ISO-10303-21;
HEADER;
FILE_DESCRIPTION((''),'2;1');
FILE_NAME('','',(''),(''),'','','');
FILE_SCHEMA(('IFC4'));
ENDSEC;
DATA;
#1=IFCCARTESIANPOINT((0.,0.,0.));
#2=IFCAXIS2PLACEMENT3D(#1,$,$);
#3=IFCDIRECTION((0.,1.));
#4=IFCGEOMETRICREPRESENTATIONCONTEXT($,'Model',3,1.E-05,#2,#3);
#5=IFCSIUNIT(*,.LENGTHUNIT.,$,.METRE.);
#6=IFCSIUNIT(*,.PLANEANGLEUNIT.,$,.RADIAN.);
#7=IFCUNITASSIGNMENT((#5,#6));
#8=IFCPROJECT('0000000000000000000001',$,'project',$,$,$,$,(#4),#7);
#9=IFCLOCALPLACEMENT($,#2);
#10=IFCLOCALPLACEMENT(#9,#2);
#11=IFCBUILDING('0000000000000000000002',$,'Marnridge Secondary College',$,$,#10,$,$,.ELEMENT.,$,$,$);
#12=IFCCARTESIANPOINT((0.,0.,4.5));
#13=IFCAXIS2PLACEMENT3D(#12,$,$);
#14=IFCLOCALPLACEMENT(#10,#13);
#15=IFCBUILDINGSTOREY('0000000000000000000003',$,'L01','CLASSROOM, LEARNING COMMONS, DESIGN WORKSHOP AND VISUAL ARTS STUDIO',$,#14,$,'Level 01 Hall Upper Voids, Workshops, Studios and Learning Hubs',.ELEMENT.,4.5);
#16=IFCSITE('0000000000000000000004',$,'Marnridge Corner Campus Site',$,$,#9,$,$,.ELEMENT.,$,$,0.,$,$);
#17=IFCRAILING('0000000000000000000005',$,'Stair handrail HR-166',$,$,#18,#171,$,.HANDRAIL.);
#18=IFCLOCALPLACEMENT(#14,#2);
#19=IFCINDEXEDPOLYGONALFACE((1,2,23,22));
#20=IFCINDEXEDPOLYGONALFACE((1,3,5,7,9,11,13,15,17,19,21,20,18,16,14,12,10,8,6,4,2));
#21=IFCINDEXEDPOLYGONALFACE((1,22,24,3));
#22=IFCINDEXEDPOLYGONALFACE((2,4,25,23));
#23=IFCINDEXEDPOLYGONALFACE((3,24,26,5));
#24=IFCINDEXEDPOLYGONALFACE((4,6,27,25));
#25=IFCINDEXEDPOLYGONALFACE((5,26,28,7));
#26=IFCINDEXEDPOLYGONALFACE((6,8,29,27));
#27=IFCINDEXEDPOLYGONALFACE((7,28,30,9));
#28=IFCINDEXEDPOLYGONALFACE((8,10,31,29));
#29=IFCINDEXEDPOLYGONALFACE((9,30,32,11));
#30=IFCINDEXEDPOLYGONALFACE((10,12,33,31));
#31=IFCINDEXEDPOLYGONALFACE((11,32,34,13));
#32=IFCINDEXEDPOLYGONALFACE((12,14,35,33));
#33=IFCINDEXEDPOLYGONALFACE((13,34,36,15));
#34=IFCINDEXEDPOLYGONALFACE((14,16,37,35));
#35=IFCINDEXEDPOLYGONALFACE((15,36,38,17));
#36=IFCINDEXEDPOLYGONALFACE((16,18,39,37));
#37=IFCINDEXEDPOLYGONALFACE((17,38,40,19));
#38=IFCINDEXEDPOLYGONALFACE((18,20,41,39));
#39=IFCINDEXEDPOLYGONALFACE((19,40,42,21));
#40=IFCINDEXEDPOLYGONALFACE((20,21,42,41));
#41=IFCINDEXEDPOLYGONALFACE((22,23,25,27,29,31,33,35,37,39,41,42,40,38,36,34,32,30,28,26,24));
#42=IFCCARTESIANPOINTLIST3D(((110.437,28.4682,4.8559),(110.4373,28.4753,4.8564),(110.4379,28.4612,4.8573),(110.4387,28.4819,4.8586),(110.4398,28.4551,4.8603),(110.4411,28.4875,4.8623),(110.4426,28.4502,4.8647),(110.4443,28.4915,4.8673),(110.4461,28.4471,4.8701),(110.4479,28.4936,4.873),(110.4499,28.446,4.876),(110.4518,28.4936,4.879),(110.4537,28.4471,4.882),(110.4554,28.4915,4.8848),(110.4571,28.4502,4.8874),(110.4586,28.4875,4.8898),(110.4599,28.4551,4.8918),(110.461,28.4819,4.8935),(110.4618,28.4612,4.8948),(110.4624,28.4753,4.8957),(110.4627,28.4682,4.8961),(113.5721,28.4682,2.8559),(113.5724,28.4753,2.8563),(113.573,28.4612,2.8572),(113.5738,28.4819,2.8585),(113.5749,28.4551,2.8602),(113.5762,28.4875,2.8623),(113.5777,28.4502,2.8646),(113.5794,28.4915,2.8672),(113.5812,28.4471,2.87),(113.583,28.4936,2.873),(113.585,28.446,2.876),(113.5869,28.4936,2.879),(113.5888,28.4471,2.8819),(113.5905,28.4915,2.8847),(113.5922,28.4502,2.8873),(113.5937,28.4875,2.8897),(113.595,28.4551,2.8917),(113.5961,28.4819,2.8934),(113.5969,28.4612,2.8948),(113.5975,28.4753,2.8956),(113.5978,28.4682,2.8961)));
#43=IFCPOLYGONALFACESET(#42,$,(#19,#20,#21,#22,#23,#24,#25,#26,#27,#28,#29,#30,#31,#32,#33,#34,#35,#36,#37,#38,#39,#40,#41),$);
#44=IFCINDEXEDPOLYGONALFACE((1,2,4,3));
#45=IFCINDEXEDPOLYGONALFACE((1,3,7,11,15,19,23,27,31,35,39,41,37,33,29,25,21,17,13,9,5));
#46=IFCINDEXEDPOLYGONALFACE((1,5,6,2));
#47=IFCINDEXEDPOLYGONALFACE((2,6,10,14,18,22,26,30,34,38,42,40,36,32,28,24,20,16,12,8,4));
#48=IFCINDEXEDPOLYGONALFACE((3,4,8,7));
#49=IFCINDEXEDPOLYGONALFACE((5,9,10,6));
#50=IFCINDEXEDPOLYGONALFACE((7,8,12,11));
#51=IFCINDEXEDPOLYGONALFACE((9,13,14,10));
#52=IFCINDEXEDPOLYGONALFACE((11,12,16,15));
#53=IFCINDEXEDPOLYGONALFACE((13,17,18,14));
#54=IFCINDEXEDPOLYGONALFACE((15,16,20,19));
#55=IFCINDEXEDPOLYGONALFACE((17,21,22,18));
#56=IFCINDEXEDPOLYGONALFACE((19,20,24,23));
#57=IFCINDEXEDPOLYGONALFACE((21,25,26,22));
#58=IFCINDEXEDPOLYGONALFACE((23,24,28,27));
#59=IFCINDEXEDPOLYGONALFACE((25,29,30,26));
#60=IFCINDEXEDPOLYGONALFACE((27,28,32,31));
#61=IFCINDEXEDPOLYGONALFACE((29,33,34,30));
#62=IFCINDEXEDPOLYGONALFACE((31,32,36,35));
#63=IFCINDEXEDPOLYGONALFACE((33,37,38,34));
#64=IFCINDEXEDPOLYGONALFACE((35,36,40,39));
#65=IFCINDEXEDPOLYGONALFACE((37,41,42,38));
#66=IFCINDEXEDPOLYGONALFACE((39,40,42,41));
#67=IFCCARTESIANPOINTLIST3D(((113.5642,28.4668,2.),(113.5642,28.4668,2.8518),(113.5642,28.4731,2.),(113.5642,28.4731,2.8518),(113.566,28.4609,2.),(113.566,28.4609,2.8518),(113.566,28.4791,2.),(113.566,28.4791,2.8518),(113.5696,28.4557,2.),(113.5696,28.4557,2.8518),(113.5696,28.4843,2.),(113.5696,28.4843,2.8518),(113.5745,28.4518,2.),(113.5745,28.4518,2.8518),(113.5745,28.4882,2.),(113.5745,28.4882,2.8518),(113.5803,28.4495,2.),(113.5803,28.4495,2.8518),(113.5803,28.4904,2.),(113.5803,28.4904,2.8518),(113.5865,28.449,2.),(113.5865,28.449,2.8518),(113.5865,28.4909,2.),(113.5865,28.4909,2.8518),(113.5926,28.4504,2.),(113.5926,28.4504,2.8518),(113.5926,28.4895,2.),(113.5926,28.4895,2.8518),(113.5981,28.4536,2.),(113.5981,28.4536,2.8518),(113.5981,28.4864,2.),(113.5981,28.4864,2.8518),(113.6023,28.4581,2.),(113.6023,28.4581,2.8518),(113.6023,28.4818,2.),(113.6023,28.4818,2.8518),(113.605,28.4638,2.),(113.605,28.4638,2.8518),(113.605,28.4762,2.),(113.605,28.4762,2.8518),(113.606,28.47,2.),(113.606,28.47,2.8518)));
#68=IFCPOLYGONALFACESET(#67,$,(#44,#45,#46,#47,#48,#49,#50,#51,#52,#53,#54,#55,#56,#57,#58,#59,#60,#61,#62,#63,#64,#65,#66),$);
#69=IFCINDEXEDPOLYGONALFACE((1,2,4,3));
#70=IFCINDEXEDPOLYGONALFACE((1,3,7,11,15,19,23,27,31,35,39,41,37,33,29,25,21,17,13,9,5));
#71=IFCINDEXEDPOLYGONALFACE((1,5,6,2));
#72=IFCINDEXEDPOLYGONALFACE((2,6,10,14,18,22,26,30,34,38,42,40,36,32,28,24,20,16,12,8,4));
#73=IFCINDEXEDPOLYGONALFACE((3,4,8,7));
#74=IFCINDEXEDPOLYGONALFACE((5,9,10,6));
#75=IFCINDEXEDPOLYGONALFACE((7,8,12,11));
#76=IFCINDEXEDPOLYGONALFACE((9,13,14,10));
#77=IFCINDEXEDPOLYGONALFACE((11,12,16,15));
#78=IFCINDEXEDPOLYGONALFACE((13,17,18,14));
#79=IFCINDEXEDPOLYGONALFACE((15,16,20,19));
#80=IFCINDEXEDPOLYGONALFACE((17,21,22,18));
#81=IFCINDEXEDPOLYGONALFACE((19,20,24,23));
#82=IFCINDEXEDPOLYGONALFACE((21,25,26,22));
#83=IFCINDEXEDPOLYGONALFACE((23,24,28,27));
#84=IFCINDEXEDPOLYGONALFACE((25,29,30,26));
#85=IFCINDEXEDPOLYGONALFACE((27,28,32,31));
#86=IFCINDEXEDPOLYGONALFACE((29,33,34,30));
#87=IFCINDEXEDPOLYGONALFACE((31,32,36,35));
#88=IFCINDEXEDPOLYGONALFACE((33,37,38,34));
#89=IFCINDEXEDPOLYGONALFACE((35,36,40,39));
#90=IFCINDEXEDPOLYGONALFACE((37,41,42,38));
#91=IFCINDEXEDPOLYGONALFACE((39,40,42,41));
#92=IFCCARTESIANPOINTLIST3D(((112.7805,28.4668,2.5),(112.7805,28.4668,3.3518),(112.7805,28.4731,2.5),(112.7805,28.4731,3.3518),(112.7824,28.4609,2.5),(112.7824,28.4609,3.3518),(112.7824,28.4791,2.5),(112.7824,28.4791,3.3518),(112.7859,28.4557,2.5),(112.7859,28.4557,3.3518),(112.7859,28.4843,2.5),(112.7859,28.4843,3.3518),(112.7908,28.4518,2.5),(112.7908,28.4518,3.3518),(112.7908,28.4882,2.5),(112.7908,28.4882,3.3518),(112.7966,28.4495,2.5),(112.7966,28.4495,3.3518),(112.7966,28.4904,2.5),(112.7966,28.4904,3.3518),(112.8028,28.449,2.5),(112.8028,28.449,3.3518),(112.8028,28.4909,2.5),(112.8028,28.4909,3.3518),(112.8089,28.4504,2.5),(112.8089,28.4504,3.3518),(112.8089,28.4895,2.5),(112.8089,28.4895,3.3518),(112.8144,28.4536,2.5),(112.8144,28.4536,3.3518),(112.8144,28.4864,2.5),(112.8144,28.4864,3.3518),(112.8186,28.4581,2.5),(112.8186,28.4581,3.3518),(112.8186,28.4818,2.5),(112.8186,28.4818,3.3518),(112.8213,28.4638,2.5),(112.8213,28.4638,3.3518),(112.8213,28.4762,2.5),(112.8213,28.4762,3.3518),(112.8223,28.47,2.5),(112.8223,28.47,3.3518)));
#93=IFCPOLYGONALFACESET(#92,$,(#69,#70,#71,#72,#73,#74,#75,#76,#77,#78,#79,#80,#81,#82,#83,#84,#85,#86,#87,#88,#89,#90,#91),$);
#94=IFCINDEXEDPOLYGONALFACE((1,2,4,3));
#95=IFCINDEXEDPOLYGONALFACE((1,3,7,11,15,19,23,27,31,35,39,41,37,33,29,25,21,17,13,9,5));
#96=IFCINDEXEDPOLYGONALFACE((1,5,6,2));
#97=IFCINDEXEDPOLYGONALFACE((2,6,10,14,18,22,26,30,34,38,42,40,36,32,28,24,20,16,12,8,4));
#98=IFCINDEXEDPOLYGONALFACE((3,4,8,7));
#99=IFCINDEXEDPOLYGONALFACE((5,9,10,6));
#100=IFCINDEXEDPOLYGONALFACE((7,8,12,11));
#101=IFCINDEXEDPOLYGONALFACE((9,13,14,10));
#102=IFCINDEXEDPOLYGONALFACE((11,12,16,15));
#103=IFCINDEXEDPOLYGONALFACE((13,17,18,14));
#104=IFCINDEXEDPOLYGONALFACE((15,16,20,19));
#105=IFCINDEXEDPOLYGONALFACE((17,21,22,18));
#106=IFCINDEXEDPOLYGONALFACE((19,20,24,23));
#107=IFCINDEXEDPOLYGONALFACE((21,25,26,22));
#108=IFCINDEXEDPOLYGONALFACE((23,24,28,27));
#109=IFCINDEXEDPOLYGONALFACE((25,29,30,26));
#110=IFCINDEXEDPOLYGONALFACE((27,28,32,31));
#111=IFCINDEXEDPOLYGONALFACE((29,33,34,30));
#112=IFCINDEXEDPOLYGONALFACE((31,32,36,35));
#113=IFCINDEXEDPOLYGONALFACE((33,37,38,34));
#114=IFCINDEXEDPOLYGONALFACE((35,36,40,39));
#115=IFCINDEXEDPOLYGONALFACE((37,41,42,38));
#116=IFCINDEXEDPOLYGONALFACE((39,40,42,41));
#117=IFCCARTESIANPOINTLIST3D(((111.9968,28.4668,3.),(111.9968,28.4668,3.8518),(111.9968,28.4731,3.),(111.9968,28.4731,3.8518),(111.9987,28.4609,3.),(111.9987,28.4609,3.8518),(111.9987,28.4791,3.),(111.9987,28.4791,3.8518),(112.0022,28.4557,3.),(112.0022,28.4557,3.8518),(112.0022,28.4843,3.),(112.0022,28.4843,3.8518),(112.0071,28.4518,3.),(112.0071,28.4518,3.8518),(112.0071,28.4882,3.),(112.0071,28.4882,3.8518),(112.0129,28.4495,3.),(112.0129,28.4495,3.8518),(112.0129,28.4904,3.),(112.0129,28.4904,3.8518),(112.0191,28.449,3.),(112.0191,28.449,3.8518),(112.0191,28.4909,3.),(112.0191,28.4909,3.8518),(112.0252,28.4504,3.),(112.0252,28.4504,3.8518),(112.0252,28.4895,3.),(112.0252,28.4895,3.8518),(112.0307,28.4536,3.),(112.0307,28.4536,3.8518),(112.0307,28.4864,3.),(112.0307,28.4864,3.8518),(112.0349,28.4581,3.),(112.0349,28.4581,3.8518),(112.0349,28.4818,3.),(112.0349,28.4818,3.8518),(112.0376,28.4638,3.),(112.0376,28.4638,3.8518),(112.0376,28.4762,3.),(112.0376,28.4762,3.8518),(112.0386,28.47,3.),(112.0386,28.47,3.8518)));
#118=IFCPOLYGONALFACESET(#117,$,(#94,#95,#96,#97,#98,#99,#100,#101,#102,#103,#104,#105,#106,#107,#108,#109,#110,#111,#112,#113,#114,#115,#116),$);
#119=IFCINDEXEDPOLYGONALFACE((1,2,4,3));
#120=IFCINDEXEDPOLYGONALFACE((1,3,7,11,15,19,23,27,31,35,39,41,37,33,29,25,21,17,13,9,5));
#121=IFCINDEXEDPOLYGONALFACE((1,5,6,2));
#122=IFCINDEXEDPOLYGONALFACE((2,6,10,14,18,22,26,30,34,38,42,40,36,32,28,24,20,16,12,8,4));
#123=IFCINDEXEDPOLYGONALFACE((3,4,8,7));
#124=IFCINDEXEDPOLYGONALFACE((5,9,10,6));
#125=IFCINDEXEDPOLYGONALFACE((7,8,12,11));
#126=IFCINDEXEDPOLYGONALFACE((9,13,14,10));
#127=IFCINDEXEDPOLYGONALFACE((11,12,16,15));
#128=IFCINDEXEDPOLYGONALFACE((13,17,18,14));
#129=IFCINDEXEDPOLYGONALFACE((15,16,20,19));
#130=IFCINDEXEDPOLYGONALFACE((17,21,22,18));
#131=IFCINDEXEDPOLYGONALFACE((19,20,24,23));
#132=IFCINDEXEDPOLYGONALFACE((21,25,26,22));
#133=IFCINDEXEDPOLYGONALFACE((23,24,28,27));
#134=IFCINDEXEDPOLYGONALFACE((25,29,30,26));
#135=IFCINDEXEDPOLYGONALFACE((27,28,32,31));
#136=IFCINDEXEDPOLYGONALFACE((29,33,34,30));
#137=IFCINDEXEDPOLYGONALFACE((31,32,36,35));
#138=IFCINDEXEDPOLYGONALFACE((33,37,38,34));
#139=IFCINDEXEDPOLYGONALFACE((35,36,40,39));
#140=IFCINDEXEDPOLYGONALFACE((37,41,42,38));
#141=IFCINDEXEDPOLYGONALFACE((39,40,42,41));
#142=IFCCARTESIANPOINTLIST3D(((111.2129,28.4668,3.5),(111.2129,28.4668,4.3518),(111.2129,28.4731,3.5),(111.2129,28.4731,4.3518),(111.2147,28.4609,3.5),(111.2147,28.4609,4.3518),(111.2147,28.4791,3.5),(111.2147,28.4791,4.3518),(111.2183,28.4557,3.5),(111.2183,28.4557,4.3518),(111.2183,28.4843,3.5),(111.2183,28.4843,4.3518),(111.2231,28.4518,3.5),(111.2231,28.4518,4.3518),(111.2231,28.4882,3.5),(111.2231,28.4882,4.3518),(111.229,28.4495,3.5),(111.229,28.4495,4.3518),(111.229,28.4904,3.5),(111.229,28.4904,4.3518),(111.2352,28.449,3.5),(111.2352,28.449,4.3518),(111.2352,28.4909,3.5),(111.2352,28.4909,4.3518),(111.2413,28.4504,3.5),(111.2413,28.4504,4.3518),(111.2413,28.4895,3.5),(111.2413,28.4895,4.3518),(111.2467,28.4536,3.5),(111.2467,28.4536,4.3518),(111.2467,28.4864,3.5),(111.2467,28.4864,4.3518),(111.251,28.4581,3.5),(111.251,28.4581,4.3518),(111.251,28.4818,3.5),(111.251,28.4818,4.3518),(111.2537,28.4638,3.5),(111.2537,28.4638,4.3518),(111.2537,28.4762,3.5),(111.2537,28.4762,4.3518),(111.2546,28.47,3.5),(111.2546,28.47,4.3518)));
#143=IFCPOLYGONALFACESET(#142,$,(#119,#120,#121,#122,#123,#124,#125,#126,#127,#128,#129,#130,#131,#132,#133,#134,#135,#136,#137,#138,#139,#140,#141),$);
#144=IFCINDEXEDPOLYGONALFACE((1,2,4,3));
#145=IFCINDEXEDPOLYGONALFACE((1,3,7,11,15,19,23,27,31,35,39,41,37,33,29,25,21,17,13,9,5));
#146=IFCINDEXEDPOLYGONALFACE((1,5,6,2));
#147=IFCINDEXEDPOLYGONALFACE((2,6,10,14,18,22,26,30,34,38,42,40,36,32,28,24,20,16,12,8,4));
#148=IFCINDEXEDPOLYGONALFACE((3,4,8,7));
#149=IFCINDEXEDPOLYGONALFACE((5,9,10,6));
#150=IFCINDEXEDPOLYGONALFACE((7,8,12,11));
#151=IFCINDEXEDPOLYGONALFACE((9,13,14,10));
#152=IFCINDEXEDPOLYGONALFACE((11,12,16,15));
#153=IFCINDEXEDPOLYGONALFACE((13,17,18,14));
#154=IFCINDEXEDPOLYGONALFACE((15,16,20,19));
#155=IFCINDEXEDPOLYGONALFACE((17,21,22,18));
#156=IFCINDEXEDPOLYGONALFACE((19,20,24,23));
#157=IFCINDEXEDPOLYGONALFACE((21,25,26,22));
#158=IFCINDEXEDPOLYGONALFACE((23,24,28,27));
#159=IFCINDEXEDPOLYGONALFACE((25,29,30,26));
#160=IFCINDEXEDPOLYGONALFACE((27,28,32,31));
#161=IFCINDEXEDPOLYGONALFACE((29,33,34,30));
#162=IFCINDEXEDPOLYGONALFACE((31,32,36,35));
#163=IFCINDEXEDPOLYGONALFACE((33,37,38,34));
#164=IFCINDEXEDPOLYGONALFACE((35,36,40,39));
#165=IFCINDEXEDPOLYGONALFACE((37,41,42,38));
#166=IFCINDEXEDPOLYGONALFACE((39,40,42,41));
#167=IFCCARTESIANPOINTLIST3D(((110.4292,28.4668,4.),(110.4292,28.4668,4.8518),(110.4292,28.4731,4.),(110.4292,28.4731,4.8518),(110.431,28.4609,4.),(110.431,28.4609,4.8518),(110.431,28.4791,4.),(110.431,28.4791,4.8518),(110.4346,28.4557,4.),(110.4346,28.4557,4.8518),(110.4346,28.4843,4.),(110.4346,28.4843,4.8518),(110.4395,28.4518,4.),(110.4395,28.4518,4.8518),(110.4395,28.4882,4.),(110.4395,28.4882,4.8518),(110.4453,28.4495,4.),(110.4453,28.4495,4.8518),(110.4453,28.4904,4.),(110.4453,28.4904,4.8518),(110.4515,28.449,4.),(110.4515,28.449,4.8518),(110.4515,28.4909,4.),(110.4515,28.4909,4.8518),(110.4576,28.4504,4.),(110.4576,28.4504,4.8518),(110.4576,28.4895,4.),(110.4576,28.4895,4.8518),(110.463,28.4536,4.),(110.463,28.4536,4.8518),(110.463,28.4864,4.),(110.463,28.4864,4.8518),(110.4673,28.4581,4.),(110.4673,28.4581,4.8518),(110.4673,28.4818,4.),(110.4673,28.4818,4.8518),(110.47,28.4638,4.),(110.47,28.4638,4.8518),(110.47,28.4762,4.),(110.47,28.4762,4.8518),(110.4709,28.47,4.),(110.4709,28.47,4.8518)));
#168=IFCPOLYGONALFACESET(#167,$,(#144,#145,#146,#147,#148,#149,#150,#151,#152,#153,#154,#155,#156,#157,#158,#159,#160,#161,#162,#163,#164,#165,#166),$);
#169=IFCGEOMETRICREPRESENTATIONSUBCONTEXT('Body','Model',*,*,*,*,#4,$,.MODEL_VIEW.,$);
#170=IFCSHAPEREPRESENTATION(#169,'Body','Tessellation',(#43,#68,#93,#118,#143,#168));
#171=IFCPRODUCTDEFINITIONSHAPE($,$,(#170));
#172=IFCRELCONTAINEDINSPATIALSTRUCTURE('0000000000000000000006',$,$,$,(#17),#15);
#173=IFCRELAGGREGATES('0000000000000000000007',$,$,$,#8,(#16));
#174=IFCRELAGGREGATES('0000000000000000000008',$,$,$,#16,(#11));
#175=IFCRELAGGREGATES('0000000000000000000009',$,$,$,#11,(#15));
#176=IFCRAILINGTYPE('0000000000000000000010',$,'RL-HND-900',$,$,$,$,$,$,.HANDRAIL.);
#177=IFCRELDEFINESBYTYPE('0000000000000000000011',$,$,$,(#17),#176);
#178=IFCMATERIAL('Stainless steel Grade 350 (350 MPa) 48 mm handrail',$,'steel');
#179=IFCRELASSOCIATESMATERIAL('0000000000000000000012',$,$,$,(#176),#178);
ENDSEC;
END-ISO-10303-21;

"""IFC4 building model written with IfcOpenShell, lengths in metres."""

from ifc_helpers import new_model, si_unit, direction, frame, origin, origin_2d, place, context, subcontext, project, spatial, circle, extrude, material, type_object, element, save


model = new_model("IFC4")

# Units and contexts
model_context = context("Model", 3, precision=1e-05, world=origin(), true_north=direction((0.0, 1.0)))
body_context = subcontext(model_context, "Body", "Model", "MODEL_VIEW")
ifc_project = project(units=[si_unit("LENGTHUNIT", "METRE"), si_unit("PLANEANGLEUNIT", "RADIAN")], contexts=[model_context])

# Site, building, storey
site_placement = place(None, origin())
site = spatial("IfcSite", under=ifc_project, at=site_placement, Name="Marnridge Corner Campus Site", CompositionType="ELEMENT", RefElevation=0.0)
building_placement = place(site_placement, origin())
building = spatial("IfcBuilding", under=site, at=building_placement, Name="Marnridge Secondary College", CompositionType="ELEMENT")
storey_placement = place(building_placement, frame((0.0, 0.0, 4.5)))
storey = spatial("IfcBuildingStorey", under=building, at=storey_placement, Name="L01", Description="CLASSROOM, LEARNING COMMONS, DESIGN WORKSHOP AND VISUAL ARTS STUDIO", LongName="Level 01 Hall Upper Voids, Workshops, Studios and Learning Hubs", CompositionType="ELEMENT", Elevation=4.5)

# Railing
ifc_material_1 = material(Name="Stainless steel Grade 350 (350 MPa) 48 mm handrail", Category="steel")
railing_type_1 = type_object("IfcRailingType", Name="RL-HND-900", PredefinedType="HANDRAIL", material=ifc_material_1)
for number, where, name in (
    (1, (113.585, 28.47, 2.0), "Stair handrail HR-166"),
):
    element("IfcRailing", number, at=place(storey_placement, frame(where)), inside=storey, type_object=railing_type_1, Name=name, PredefinedType="HANDRAIL", context=body_context, shape_type="SweptSolid", body=[
        extrude(circle(Radius=0.0239, at=origin_2d()), frame((0.0, 0.0, 0.876), z_axis=(-0.843053, 0.0, 0.537831), x_axis=(0.0, -1.0, 0.0)), (0.0, 0.0, 1.0), 3.7188),
        extrude(circle(Radius=0.021, at=origin_2d()), origin(), (0.0, 0.0, 1.0), 0.8518),
        extrude(circle(Radius=0.021, at=origin_2d()), frame((-0.7837, 0.0, 0.5)), (0.0, 0.0, 1.0), 0.8518),
        extrude(circle(Radius=0.021, at=origin_2d()), frame((-1.5674, 0.0, 1.0)), (0.0, 0.0, 1.0), 0.8518),
        extrude(circle(Radius=0.021, at=origin_2d()), frame((-2.3513, 0.0, 1.5)), (0.0, 0.0, 1.0), 0.8518),
        extrude(circle(Radius=0.021, at=origin_2d()), frame((-3.135, 0.0, 2.0)), (0.0, 0.0, 1.0), 0.8518),
    ])

save(model, "model.ifc")
